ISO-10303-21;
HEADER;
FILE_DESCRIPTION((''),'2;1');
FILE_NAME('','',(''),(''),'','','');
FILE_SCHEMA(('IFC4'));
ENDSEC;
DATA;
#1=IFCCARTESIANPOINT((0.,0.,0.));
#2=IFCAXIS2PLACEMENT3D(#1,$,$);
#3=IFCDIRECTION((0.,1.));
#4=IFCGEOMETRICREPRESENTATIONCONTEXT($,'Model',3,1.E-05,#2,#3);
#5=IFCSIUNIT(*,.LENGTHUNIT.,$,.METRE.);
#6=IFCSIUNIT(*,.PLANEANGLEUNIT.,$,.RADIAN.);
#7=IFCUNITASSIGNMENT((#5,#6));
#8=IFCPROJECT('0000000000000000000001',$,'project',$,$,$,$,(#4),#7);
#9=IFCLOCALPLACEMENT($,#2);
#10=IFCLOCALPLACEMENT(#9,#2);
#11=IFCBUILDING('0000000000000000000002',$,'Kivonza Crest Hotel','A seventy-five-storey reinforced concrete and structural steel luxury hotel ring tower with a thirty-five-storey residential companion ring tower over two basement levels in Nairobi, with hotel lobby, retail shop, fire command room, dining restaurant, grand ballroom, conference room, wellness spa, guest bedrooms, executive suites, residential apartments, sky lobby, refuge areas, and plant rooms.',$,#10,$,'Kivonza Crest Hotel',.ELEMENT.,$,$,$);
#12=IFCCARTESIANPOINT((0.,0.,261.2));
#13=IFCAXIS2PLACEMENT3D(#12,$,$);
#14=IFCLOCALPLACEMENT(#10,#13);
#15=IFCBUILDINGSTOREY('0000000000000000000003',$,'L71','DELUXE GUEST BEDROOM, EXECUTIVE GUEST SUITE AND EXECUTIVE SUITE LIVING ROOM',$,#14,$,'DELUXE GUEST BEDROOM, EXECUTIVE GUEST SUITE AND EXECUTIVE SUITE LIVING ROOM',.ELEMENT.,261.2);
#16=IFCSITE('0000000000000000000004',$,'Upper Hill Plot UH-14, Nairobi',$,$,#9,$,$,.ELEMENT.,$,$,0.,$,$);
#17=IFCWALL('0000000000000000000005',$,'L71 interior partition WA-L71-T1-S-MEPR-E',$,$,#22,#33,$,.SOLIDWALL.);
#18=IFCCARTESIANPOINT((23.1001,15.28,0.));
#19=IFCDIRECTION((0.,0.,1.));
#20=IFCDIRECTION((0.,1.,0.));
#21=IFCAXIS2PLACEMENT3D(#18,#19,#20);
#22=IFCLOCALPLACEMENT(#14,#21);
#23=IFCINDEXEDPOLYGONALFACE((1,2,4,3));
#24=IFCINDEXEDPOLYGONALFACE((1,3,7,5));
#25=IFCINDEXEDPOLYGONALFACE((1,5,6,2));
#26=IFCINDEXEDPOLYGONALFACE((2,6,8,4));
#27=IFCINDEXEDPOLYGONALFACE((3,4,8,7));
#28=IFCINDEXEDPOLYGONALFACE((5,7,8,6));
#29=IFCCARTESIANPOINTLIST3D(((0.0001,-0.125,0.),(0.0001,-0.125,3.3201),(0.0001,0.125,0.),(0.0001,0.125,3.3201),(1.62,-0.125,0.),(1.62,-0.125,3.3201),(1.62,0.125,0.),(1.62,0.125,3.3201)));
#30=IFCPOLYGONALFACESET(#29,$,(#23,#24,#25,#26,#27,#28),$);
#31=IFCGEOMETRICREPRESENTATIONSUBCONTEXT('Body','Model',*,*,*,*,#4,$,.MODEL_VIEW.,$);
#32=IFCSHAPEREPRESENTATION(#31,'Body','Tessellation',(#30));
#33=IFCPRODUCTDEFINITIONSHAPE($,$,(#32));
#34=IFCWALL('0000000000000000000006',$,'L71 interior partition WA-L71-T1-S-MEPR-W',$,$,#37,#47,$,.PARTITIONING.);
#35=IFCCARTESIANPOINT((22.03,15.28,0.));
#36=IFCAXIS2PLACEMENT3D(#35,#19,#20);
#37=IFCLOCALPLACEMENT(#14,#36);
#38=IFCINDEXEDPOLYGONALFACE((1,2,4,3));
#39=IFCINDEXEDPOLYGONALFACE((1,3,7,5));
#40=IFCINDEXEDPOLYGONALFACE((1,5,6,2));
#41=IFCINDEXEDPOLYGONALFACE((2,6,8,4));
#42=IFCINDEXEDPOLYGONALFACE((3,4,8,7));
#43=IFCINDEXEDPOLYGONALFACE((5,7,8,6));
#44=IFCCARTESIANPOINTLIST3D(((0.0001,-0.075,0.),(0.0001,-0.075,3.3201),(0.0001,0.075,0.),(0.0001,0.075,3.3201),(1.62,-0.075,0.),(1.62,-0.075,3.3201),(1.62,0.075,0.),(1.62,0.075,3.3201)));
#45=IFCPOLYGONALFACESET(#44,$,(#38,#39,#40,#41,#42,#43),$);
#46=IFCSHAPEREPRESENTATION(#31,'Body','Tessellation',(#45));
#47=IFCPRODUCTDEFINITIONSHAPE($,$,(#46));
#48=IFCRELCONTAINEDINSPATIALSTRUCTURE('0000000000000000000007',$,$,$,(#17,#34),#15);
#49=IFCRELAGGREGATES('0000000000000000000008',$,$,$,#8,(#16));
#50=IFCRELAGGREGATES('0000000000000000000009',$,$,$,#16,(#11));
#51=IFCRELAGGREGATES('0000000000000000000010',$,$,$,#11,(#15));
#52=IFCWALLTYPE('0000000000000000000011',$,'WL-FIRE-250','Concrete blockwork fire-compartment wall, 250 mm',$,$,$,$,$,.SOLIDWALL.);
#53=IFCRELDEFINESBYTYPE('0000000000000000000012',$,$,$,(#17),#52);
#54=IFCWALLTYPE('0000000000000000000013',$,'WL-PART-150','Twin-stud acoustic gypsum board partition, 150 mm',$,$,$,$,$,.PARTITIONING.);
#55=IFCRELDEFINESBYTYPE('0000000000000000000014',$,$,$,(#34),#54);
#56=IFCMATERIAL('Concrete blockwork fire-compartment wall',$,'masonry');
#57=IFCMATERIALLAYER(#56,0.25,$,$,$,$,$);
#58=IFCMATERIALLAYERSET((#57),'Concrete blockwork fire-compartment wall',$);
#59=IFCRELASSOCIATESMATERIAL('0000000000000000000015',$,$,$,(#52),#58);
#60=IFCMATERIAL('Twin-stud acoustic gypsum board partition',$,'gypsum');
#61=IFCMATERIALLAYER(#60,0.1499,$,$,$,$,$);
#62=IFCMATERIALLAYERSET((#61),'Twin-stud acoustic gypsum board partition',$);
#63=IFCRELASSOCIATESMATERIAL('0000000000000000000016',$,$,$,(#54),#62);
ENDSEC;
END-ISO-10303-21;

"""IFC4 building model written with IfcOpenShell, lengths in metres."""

from ifc_helpers import new_model, si_unit, direction, frame, frame_2d, origin, place, context, subcontext, project, spatial, rectangle, extrude, material, layer, layer_set, type_object, element, save


model = new_model("IFC4")

# Units and contexts
model_context = context("Model", 3, precision=1e-05, world=origin(), true_north=direction((0.0, 1.0)))
body_context = subcontext(model_context, "Body", "Model", "MODEL_VIEW")
ifc_project = project(units=[si_unit("LENGTHUNIT", "METRE"), si_unit("PLANEANGLEUNIT", "RADIAN")], contexts=[model_context])

# Site, building, storey
site_placement = place(None, origin())
site = spatial("IfcSite", under=ifc_project, at=site_placement, Name="Upper Hill Plot UH-14, Nairobi", CompositionType="ELEMENT", RefElevation=0.0)
building_placement = place(site_placement, origin())
building = spatial("IfcBuilding", under=site, at=building_placement, Name="Kivonza Crest Hotel", Description="A seventy-five-storey reinforced concrete and structural steel luxury hotel ring tower with a thirty-five-storey residential companion ring tower over two basement levels in Nairobi, with hotel lobby, retail shop, fire command room, dining restaurant, grand ballroom, conference room, wellness spa, guest bedrooms, executive suites, residential apartments, sky lobby, refuge areas, and plant rooms.", LongName="Kivonza Crest Hotel", CompositionType="ELEMENT")
storey_placement = place(building_placement, frame((0.0, 0.0, 261.2)))
storey = spatial("IfcBuildingStorey", under=building, at=storey_placement, Name="L71", Description="DELUXE GUEST BEDROOM, EXECUTIVE GUEST SUITE AND EXECUTIVE SUITE LIVING ROOM", LongName="DELUXE GUEST BEDROOM, EXECUTIVE GUEST SUITE AND EXECUTIVE SUITE LIVING ROOM", CompositionType="ELEMENT", Elevation=261.2)

# Walls
ifc_material_1 = material(Name="Concrete blockwork fire-compartment wall", Category="masonry")
ifc_layer_1 = layer(ifc_material_1, 0.25)
ifc_layer_set_1 = layer_set([ifc_layer_1], Name="Concrete blockwork fire-compartment wall")
wall_type_1 = type_object("IfcWallType", Name="WL-FIRE-250", Description="Concrete blockwork fire-compartment wall, 250 mm", PredefinedType="SOLIDWALL", material=ifc_layer_set_1)
wall_1_placement = place(storey_placement, frame((23.1001, 15.28, 0.0), z_axis=(0.0, 0.0, 1.0), x_axis=(0.0, 1.0, 0.0)))
element("IfcWall", 1, at=wall_1_placement, inside=storey, type_object=wall_type_1, Name="L71 interior partition WA-L71-T1-S-MEPR-E", PredefinedType="SOLIDWALL", context=body_context, shape_type="SweptSolid", body=[
    extrude(rectangle(XDim=1.6199, YDim=0.25, at=frame_2d((0.8101, 0.0))), origin(), (0.0, 0.0, 1.0), 3.3201),
])
ifc_material_2 = material(Name="Twin-stud acoustic gypsum board partition", Category="gypsum")
ifc_layer_2 = layer(ifc_material_2, 0.1499)
ifc_layer_set_2 = layer_set([ifc_layer_2], Name="Twin-stud acoustic gypsum board partition")
wall_type_2 = type_object("IfcWallType", Name="WL-PART-150", Description="Twin-stud acoustic gypsum board partition, 150 mm", PredefinedType="PARTITIONING", material=ifc_layer_set_2)
wall_2_placement = place(storey_placement, frame((22.03, 15.28, 0.0), z_axis=(0.0, 0.0, 1.0), x_axis=(0.0, 1.0, 0.0)))
element("IfcWall", 2, at=wall_2_placement, inside=storey, type_object=wall_type_2, Name="L71 interior partition WA-L71-T1-S-MEPR-W", PredefinedType="PARTITIONING", context=body_context, shape_type="SweptSolid", body=[
    extrude(rectangle(XDim=1.6199, YDim=0.1499, at=frame_2d((0.8101, 0.0))), origin(), (0.0, 0.0, 1.0), 3.3201),
])

save(model, "model.ifc")
